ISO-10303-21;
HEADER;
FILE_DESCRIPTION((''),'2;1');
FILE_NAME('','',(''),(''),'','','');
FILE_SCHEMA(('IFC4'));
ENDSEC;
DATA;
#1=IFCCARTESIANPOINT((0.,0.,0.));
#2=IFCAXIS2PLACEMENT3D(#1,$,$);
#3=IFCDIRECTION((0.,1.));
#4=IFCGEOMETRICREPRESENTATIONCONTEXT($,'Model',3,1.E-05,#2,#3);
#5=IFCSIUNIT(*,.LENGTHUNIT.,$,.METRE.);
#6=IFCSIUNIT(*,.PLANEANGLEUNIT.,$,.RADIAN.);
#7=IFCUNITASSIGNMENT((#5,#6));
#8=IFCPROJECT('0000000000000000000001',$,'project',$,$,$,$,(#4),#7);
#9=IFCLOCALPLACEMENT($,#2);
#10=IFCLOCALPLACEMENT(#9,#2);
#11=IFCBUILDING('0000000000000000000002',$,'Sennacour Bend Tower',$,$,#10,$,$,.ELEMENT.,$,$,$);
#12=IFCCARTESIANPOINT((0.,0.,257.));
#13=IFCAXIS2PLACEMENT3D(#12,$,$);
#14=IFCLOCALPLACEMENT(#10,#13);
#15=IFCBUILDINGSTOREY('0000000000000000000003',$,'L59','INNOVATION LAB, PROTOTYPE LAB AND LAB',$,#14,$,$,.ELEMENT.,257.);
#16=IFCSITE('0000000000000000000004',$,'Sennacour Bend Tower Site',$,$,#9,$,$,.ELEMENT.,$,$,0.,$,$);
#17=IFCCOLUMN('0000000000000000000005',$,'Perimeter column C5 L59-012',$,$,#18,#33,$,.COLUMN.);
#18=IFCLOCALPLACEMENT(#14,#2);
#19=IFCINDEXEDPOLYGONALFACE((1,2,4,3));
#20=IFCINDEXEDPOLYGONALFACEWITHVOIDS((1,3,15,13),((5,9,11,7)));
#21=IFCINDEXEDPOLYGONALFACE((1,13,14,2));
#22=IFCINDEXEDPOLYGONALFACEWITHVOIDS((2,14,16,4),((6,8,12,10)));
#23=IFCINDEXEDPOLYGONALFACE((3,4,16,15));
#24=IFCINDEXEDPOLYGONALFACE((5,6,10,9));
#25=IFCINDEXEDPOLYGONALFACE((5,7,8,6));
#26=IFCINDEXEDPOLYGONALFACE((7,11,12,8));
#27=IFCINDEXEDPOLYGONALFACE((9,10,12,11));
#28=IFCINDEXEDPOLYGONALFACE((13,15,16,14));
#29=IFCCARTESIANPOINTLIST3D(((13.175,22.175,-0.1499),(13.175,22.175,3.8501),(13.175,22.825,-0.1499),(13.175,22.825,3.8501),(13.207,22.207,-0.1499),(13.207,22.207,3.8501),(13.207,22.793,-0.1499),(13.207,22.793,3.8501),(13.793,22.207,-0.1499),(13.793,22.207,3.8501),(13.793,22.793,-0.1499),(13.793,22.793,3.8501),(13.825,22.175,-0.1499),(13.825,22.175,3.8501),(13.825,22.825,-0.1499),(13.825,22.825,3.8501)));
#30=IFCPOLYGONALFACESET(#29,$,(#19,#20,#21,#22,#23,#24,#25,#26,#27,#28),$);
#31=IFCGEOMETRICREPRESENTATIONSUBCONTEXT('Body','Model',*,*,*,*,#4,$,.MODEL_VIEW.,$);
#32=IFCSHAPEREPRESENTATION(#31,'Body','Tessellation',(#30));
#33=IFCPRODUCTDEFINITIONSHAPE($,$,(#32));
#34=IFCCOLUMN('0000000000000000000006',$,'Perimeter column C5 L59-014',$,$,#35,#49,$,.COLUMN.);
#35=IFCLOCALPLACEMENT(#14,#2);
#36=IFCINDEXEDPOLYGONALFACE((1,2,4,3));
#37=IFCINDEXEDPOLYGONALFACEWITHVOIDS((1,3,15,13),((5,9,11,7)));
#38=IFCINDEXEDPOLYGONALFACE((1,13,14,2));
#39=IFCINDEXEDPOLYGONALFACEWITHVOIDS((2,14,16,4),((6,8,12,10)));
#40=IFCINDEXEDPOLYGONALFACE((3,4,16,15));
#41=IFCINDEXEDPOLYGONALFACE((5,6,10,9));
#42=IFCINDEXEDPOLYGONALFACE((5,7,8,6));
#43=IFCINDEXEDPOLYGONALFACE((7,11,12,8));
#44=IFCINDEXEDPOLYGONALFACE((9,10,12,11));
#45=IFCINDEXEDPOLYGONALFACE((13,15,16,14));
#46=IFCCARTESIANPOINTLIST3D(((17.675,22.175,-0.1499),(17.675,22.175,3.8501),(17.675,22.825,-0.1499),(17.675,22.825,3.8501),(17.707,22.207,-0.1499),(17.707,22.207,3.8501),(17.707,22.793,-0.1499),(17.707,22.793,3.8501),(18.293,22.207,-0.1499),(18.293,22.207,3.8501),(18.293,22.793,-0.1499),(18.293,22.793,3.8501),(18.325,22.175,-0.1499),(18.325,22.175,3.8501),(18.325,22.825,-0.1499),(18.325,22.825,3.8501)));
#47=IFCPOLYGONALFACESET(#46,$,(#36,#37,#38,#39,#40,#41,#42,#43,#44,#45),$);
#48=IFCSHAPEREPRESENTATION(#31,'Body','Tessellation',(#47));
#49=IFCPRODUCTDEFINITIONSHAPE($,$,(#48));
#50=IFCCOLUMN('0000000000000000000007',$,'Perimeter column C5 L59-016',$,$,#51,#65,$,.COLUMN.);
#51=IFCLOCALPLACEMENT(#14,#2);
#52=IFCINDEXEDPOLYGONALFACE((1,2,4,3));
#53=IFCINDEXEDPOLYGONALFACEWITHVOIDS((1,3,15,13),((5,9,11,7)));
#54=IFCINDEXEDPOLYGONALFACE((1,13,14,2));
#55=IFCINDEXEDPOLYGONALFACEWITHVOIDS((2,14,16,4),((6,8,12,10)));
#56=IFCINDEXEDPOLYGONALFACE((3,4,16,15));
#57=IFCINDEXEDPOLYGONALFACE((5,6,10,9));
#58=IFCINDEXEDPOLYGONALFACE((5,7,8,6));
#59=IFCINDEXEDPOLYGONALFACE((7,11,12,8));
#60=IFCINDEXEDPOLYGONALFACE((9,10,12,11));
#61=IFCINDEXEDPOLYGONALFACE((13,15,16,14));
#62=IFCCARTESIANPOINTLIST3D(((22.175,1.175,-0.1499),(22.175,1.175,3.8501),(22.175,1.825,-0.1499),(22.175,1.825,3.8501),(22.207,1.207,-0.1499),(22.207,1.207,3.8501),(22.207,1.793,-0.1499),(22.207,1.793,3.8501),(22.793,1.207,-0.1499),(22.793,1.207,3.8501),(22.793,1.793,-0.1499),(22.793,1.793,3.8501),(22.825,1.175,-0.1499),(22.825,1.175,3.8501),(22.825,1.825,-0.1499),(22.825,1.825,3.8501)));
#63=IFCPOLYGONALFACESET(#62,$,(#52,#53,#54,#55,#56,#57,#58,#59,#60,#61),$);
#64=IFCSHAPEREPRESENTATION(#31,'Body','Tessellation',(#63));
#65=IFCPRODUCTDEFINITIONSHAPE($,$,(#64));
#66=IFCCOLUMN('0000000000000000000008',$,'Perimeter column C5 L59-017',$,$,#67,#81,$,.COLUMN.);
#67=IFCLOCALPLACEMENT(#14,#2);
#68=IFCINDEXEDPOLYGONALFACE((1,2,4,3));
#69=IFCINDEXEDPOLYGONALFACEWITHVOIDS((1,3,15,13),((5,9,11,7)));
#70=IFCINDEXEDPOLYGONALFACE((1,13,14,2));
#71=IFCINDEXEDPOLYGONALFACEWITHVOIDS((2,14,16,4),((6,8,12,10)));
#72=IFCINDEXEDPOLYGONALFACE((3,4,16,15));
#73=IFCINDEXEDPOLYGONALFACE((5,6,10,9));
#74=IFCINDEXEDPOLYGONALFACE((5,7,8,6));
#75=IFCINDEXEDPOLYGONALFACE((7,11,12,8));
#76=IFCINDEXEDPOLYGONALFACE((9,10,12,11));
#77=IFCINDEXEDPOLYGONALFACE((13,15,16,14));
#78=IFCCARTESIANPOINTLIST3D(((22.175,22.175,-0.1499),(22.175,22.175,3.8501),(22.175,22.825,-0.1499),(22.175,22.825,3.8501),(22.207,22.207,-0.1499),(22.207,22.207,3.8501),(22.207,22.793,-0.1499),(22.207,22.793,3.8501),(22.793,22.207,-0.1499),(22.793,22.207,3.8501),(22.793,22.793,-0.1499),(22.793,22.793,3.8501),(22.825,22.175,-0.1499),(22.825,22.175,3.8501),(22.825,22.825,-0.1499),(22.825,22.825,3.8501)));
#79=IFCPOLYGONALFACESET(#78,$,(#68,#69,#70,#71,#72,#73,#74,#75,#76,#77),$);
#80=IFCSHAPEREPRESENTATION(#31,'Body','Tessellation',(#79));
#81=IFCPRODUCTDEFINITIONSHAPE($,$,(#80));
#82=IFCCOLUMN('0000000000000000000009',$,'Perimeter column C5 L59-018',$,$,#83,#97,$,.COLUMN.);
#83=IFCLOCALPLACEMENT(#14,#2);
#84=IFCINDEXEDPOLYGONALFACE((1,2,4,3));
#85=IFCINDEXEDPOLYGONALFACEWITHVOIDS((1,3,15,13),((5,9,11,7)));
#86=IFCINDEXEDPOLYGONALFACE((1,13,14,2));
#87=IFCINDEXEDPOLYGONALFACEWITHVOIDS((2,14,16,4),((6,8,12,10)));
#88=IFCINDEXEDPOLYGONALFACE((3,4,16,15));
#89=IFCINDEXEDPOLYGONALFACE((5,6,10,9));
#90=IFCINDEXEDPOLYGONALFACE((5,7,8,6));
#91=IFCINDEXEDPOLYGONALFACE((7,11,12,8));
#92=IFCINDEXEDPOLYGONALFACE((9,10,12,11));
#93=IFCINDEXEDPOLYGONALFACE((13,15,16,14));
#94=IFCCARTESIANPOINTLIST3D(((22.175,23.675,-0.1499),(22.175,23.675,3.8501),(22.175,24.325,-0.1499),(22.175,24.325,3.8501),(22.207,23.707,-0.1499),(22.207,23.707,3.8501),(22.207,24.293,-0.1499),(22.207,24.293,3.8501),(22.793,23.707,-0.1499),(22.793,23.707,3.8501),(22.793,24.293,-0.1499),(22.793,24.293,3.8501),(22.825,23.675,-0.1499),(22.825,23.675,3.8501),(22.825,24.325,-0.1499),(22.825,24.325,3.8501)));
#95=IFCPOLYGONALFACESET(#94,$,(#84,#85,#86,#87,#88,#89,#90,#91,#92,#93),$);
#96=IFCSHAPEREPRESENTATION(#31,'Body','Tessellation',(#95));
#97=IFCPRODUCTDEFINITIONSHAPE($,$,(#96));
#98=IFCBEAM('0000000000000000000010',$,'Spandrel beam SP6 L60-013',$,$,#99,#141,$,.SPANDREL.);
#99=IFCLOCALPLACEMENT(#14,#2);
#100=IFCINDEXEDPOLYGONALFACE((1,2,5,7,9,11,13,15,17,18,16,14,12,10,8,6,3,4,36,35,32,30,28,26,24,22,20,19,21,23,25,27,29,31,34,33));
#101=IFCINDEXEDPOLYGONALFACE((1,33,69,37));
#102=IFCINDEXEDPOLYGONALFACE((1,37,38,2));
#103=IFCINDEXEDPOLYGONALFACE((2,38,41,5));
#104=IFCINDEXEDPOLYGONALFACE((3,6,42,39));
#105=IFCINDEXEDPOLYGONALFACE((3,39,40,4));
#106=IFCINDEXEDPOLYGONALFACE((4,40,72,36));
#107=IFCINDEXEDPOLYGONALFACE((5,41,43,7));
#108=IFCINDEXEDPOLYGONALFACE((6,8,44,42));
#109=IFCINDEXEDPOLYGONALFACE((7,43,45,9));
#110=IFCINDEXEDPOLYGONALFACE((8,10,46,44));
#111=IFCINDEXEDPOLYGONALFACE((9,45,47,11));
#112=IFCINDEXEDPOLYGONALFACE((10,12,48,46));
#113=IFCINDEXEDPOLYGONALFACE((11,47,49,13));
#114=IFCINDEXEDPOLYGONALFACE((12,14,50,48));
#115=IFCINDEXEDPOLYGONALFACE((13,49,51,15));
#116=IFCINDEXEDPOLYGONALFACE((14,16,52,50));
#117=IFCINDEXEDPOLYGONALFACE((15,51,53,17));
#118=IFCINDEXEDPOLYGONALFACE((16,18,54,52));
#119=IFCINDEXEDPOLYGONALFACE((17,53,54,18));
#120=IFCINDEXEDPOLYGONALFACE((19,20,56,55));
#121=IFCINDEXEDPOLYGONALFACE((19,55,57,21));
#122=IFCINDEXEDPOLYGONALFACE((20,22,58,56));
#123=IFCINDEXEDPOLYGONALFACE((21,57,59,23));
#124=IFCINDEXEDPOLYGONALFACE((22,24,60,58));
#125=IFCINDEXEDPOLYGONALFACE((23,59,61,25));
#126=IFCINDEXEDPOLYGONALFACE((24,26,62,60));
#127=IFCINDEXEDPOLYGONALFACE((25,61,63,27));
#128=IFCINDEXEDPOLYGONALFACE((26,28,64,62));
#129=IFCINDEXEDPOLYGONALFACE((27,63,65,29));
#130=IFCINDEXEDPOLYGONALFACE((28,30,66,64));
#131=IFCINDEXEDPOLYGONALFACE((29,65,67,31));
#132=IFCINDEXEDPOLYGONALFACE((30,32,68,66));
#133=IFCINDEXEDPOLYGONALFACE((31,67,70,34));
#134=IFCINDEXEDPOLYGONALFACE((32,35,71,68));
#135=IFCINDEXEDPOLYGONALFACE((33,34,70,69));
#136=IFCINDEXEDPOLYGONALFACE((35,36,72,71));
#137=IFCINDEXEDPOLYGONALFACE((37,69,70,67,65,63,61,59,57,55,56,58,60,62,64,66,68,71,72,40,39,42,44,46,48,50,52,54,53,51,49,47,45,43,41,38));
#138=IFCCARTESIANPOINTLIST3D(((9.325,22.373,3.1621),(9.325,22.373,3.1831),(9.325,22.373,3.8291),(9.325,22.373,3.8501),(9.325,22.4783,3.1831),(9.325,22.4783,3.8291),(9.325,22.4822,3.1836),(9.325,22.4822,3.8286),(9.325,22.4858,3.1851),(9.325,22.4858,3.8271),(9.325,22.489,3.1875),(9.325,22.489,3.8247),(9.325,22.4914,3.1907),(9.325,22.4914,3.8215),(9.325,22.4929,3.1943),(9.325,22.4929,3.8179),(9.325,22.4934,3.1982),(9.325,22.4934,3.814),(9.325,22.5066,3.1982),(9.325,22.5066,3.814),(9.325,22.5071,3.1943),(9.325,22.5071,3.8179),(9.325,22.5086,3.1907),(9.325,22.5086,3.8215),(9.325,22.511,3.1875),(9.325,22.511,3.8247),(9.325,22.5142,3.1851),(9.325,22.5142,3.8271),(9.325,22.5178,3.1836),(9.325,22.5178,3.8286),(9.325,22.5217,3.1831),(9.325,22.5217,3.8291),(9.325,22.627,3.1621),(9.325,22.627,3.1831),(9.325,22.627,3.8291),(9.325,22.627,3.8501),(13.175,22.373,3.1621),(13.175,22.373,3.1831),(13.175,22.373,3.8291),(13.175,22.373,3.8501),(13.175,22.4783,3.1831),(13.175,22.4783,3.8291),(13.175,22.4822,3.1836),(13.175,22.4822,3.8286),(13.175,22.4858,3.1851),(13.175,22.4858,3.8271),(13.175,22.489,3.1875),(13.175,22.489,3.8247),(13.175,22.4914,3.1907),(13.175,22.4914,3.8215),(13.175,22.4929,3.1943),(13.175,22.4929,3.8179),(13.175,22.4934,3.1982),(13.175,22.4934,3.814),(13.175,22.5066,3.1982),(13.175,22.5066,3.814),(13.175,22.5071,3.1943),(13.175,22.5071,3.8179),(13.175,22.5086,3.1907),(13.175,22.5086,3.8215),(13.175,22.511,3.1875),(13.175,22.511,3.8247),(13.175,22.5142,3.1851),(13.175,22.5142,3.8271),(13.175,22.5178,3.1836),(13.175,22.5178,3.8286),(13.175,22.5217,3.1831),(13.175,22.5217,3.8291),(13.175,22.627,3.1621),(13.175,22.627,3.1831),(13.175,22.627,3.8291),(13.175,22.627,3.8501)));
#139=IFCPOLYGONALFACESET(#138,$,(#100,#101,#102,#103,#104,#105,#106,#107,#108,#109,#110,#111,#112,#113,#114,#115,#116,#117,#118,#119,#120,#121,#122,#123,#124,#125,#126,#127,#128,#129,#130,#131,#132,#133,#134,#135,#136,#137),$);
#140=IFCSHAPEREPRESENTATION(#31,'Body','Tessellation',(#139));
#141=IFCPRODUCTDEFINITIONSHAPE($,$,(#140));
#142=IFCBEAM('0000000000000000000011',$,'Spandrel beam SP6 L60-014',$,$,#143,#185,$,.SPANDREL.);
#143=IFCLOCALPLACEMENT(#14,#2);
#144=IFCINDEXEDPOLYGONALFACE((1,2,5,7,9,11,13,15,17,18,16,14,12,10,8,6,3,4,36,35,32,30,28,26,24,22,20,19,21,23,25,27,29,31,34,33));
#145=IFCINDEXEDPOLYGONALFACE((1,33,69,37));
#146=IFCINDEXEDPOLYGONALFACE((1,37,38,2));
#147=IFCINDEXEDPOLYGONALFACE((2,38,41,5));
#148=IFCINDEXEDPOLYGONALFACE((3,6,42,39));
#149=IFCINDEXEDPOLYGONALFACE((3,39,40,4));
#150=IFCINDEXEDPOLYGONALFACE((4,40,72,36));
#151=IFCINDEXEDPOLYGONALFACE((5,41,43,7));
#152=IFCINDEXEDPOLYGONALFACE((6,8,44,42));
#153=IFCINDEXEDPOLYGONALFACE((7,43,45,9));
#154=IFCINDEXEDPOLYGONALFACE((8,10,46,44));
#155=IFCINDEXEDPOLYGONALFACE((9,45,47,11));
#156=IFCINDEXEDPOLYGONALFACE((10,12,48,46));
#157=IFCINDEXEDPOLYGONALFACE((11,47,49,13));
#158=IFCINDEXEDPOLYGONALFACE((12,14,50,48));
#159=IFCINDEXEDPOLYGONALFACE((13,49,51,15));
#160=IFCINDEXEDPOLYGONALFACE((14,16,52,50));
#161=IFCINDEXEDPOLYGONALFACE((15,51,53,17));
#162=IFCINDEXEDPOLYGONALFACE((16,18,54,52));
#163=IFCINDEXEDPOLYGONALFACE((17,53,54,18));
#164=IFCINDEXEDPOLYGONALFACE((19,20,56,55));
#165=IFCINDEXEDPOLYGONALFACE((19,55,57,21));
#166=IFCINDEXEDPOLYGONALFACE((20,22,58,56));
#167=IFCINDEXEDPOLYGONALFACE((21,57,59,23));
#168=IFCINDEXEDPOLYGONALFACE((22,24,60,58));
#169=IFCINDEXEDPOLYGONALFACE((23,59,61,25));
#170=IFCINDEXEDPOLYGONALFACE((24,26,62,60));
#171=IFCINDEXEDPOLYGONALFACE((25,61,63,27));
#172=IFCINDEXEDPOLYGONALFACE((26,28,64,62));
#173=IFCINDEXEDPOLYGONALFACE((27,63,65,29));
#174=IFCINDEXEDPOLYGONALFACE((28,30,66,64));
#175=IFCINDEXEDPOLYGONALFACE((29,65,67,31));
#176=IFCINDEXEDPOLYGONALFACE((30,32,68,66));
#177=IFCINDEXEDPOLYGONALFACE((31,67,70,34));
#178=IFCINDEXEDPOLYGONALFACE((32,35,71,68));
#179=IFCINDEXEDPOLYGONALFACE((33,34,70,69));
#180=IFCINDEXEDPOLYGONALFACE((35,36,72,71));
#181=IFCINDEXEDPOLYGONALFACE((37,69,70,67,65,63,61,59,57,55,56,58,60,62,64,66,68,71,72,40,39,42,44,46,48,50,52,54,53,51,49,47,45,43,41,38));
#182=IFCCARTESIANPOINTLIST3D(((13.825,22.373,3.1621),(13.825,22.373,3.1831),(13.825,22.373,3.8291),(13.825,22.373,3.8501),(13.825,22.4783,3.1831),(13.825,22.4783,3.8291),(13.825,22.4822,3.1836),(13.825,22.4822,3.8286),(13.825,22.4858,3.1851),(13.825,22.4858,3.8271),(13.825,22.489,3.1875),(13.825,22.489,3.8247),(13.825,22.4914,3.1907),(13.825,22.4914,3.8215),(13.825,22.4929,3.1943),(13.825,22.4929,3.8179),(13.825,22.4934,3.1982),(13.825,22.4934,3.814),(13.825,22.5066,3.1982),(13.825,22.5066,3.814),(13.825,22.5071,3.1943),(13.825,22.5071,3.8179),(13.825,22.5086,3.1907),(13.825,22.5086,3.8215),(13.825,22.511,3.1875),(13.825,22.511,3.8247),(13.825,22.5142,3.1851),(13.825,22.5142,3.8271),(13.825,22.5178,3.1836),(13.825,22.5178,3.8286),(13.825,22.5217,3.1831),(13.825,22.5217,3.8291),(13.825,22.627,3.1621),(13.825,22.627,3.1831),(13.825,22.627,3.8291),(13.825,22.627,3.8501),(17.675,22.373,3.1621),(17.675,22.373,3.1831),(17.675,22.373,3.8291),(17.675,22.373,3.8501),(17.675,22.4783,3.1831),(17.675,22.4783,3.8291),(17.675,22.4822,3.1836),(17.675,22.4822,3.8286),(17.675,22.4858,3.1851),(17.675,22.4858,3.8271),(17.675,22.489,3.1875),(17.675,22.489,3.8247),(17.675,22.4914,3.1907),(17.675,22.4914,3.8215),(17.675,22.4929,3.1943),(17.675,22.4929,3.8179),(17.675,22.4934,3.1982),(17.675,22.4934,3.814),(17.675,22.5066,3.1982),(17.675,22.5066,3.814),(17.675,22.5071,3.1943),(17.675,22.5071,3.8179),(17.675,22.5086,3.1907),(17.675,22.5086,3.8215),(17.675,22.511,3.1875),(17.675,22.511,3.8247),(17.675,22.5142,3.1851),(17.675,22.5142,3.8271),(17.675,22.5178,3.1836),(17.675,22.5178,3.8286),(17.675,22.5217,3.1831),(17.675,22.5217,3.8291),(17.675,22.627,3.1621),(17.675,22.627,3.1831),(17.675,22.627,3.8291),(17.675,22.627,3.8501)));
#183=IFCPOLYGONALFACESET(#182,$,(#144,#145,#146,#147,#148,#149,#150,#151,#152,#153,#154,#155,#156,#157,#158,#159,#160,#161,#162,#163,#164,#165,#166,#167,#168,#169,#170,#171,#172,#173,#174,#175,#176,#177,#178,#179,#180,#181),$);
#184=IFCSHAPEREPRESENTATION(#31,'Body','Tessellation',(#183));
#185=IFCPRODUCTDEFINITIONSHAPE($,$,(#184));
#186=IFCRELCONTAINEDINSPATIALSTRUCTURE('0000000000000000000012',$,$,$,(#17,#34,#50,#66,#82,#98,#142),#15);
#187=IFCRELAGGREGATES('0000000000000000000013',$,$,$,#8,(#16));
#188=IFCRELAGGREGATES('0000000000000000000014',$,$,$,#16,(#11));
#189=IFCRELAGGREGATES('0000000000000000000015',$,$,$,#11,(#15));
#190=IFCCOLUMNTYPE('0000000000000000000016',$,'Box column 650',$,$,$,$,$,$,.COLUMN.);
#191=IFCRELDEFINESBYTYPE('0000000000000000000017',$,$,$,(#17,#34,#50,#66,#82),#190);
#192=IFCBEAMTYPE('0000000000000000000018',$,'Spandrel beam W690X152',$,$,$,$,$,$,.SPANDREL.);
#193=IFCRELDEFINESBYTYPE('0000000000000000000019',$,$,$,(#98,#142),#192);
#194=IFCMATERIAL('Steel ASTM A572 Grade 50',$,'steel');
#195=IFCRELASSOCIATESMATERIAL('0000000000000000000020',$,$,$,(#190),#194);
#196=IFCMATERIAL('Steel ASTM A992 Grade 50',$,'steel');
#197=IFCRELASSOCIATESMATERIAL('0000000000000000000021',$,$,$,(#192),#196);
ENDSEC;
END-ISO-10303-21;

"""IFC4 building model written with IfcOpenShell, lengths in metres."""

from ifc_helpers import new_model, si_unit, direction, frame, origin, origin_2d, place, context, subcontext, project, spatial, hollow_rectangle, i_section, extrude, material, material_profile, profile_set, type_object, element, save


model = new_model("IFC4")

# Units and contexts
model_context = context("Model", 3, precision=1e-05, world=origin(), true_north=direction((0.0, 1.0)))
body_context = subcontext(model_context, "Body", "Model", "MODEL_VIEW")
ifc_project = project(units=[si_unit("LENGTHUNIT", "METRE"), si_unit("PLANEANGLEUNIT", "RADIAN")], contexts=[model_context])

# Site, building, storey
site_placement = place(None, origin())
site = spatial("IfcSite", under=ifc_project, at=site_placement, Name="Sennacour Bend Tower Site", CompositionType="ELEMENT", RefElevation=0.0)
building_placement = place(site_placement, origin())
building = spatial("IfcBuilding", under=site, at=building_placement, Name="Sennacour Bend Tower", CompositionType="ELEMENT")
storey_placement = place(building_placement, frame((0.0, 0.0, 257.0)))
storey = spatial("IfcBuildingStorey", under=building, at=storey_placement, Name="L59", Description="INNOVATION LAB, PROTOTYPE LAB AND LAB", CompositionType="ELEMENT", Elevation=257.0)

# Columns
ifc_material_1 = material(Name="Steel ASTM A572 Grade 50", Category="steel")
ifc_material_profile_1 = material_profile(ifc_material_1, hollow_rectangle(XDim=0.6499, YDim=0.6499, WallThickness=0.032, at=origin_2d()), Name="Steel ASTM A572 Grade 50", Category="steel")
ifc_profile_set_1 = profile_set([ifc_material_profile_1], Name="Steel ASTM A572 Grade 50")
column_type = type_object("IfcColumnType", Name="Box column 650", PredefinedType="COLUMN", material=ifc_profile_set_1)
for number, where, z_axis, x_axis, name in (
    (1, (13.5, 22.5, -0.1499), (0.0, 0.0, 1.0), (1.0, 0.0, 0.0), "Perimeter column C5 L59-012"),
    (2, (18.0, 22.5, -0.1499), (0.0, 0.0, 1.0), (1.0, 0.0, 0.0), "Perimeter column C5 L59-014"),
    (3, (22.5, 1.5, -0.1499), (0.0, 0.0, 1.0), (1.0, 0.0, 0.0), "Perimeter column C5 L59-016"),
    (4, (22.5, 22.5, -0.1499), (0.0, 0.0, 1.0), (1.0, 0.0, 0.0), "Perimeter column C5 L59-017"),
    (5, (22.5, 24.0, -0.1499), (0.0, 0.0, 1.0), (1.0, 0.0, 0.0), "Perimeter column C5 L59-018"),
):
    element("IfcColumn", number, at=place(storey_placement, frame(where, z_axis=z_axis, x_axis=x_axis)), inside=storey, type_object=column_type, Name=name, PredefinedType="COLUMN", context=body_context, shape_type="SweptSolid", body=[
        extrude(hollow_rectangle(XDim=0.6499, YDim=0.6499, WallThickness=0.032, at=origin_2d()), origin(), (0.0, 0.0, 1.0), 4.0),
    ])

# Beams
ifc_material_2 = material(Name="Steel ASTM A992 Grade 50", Category="steel")
ifc_material_profile_2 = material_profile(ifc_material_2, i_section(OverallWidth=0.2539, OverallDepth=0.688, WebThickness=0.0132, FlangeThickness=0.021, FilletRadius=0.0151, at=origin_2d()), Name="Steel ASTM A992 Grade 50", Category="steel")
ifc_profile_set_2 = profile_set([ifc_material_profile_2], Name="Steel ASTM A992 Grade 50")
beam_type = type_object("IfcBeamType", Name="Spandrel beam W690X152", PredefinedType="SPANDREL", material=ifc_profile_set_2)
for number, where, z_axis, x_axis, name in (
    (6, (9.325, 22.5, 3.5061), (1.0, 0.0, 0.0), (0.0, 1.0, 0.0), "Spandrel beam SP6 L60-013"),
    (7, (13.825, 22.5, 3.5061), (1.0, 0.0, 0.0), (0.0, 1.0, 0.0), "Spandrel beam SP6 L60-014"),
):
    element("IfcBeam", number, at=place(storey_placement, frame(where, z_axis=z_axis, x_axis=x_axis)), inside=storey, type_object=beam_type, Name=name, PredefinedType="SPANDREL", context=body_context, shape_type="SweptSolid", body=[
        extrude(i_section(OverallWidth=0.2539, OverallDepth=0.688, WebThickness=0.0132, FlangeThickness=0.021, FilletRadius=0.0151, at=origin_2d()), origin(), (0.0, 0.0, 1.0), 3.8501),
    ])

save(model, "model.ifc")
